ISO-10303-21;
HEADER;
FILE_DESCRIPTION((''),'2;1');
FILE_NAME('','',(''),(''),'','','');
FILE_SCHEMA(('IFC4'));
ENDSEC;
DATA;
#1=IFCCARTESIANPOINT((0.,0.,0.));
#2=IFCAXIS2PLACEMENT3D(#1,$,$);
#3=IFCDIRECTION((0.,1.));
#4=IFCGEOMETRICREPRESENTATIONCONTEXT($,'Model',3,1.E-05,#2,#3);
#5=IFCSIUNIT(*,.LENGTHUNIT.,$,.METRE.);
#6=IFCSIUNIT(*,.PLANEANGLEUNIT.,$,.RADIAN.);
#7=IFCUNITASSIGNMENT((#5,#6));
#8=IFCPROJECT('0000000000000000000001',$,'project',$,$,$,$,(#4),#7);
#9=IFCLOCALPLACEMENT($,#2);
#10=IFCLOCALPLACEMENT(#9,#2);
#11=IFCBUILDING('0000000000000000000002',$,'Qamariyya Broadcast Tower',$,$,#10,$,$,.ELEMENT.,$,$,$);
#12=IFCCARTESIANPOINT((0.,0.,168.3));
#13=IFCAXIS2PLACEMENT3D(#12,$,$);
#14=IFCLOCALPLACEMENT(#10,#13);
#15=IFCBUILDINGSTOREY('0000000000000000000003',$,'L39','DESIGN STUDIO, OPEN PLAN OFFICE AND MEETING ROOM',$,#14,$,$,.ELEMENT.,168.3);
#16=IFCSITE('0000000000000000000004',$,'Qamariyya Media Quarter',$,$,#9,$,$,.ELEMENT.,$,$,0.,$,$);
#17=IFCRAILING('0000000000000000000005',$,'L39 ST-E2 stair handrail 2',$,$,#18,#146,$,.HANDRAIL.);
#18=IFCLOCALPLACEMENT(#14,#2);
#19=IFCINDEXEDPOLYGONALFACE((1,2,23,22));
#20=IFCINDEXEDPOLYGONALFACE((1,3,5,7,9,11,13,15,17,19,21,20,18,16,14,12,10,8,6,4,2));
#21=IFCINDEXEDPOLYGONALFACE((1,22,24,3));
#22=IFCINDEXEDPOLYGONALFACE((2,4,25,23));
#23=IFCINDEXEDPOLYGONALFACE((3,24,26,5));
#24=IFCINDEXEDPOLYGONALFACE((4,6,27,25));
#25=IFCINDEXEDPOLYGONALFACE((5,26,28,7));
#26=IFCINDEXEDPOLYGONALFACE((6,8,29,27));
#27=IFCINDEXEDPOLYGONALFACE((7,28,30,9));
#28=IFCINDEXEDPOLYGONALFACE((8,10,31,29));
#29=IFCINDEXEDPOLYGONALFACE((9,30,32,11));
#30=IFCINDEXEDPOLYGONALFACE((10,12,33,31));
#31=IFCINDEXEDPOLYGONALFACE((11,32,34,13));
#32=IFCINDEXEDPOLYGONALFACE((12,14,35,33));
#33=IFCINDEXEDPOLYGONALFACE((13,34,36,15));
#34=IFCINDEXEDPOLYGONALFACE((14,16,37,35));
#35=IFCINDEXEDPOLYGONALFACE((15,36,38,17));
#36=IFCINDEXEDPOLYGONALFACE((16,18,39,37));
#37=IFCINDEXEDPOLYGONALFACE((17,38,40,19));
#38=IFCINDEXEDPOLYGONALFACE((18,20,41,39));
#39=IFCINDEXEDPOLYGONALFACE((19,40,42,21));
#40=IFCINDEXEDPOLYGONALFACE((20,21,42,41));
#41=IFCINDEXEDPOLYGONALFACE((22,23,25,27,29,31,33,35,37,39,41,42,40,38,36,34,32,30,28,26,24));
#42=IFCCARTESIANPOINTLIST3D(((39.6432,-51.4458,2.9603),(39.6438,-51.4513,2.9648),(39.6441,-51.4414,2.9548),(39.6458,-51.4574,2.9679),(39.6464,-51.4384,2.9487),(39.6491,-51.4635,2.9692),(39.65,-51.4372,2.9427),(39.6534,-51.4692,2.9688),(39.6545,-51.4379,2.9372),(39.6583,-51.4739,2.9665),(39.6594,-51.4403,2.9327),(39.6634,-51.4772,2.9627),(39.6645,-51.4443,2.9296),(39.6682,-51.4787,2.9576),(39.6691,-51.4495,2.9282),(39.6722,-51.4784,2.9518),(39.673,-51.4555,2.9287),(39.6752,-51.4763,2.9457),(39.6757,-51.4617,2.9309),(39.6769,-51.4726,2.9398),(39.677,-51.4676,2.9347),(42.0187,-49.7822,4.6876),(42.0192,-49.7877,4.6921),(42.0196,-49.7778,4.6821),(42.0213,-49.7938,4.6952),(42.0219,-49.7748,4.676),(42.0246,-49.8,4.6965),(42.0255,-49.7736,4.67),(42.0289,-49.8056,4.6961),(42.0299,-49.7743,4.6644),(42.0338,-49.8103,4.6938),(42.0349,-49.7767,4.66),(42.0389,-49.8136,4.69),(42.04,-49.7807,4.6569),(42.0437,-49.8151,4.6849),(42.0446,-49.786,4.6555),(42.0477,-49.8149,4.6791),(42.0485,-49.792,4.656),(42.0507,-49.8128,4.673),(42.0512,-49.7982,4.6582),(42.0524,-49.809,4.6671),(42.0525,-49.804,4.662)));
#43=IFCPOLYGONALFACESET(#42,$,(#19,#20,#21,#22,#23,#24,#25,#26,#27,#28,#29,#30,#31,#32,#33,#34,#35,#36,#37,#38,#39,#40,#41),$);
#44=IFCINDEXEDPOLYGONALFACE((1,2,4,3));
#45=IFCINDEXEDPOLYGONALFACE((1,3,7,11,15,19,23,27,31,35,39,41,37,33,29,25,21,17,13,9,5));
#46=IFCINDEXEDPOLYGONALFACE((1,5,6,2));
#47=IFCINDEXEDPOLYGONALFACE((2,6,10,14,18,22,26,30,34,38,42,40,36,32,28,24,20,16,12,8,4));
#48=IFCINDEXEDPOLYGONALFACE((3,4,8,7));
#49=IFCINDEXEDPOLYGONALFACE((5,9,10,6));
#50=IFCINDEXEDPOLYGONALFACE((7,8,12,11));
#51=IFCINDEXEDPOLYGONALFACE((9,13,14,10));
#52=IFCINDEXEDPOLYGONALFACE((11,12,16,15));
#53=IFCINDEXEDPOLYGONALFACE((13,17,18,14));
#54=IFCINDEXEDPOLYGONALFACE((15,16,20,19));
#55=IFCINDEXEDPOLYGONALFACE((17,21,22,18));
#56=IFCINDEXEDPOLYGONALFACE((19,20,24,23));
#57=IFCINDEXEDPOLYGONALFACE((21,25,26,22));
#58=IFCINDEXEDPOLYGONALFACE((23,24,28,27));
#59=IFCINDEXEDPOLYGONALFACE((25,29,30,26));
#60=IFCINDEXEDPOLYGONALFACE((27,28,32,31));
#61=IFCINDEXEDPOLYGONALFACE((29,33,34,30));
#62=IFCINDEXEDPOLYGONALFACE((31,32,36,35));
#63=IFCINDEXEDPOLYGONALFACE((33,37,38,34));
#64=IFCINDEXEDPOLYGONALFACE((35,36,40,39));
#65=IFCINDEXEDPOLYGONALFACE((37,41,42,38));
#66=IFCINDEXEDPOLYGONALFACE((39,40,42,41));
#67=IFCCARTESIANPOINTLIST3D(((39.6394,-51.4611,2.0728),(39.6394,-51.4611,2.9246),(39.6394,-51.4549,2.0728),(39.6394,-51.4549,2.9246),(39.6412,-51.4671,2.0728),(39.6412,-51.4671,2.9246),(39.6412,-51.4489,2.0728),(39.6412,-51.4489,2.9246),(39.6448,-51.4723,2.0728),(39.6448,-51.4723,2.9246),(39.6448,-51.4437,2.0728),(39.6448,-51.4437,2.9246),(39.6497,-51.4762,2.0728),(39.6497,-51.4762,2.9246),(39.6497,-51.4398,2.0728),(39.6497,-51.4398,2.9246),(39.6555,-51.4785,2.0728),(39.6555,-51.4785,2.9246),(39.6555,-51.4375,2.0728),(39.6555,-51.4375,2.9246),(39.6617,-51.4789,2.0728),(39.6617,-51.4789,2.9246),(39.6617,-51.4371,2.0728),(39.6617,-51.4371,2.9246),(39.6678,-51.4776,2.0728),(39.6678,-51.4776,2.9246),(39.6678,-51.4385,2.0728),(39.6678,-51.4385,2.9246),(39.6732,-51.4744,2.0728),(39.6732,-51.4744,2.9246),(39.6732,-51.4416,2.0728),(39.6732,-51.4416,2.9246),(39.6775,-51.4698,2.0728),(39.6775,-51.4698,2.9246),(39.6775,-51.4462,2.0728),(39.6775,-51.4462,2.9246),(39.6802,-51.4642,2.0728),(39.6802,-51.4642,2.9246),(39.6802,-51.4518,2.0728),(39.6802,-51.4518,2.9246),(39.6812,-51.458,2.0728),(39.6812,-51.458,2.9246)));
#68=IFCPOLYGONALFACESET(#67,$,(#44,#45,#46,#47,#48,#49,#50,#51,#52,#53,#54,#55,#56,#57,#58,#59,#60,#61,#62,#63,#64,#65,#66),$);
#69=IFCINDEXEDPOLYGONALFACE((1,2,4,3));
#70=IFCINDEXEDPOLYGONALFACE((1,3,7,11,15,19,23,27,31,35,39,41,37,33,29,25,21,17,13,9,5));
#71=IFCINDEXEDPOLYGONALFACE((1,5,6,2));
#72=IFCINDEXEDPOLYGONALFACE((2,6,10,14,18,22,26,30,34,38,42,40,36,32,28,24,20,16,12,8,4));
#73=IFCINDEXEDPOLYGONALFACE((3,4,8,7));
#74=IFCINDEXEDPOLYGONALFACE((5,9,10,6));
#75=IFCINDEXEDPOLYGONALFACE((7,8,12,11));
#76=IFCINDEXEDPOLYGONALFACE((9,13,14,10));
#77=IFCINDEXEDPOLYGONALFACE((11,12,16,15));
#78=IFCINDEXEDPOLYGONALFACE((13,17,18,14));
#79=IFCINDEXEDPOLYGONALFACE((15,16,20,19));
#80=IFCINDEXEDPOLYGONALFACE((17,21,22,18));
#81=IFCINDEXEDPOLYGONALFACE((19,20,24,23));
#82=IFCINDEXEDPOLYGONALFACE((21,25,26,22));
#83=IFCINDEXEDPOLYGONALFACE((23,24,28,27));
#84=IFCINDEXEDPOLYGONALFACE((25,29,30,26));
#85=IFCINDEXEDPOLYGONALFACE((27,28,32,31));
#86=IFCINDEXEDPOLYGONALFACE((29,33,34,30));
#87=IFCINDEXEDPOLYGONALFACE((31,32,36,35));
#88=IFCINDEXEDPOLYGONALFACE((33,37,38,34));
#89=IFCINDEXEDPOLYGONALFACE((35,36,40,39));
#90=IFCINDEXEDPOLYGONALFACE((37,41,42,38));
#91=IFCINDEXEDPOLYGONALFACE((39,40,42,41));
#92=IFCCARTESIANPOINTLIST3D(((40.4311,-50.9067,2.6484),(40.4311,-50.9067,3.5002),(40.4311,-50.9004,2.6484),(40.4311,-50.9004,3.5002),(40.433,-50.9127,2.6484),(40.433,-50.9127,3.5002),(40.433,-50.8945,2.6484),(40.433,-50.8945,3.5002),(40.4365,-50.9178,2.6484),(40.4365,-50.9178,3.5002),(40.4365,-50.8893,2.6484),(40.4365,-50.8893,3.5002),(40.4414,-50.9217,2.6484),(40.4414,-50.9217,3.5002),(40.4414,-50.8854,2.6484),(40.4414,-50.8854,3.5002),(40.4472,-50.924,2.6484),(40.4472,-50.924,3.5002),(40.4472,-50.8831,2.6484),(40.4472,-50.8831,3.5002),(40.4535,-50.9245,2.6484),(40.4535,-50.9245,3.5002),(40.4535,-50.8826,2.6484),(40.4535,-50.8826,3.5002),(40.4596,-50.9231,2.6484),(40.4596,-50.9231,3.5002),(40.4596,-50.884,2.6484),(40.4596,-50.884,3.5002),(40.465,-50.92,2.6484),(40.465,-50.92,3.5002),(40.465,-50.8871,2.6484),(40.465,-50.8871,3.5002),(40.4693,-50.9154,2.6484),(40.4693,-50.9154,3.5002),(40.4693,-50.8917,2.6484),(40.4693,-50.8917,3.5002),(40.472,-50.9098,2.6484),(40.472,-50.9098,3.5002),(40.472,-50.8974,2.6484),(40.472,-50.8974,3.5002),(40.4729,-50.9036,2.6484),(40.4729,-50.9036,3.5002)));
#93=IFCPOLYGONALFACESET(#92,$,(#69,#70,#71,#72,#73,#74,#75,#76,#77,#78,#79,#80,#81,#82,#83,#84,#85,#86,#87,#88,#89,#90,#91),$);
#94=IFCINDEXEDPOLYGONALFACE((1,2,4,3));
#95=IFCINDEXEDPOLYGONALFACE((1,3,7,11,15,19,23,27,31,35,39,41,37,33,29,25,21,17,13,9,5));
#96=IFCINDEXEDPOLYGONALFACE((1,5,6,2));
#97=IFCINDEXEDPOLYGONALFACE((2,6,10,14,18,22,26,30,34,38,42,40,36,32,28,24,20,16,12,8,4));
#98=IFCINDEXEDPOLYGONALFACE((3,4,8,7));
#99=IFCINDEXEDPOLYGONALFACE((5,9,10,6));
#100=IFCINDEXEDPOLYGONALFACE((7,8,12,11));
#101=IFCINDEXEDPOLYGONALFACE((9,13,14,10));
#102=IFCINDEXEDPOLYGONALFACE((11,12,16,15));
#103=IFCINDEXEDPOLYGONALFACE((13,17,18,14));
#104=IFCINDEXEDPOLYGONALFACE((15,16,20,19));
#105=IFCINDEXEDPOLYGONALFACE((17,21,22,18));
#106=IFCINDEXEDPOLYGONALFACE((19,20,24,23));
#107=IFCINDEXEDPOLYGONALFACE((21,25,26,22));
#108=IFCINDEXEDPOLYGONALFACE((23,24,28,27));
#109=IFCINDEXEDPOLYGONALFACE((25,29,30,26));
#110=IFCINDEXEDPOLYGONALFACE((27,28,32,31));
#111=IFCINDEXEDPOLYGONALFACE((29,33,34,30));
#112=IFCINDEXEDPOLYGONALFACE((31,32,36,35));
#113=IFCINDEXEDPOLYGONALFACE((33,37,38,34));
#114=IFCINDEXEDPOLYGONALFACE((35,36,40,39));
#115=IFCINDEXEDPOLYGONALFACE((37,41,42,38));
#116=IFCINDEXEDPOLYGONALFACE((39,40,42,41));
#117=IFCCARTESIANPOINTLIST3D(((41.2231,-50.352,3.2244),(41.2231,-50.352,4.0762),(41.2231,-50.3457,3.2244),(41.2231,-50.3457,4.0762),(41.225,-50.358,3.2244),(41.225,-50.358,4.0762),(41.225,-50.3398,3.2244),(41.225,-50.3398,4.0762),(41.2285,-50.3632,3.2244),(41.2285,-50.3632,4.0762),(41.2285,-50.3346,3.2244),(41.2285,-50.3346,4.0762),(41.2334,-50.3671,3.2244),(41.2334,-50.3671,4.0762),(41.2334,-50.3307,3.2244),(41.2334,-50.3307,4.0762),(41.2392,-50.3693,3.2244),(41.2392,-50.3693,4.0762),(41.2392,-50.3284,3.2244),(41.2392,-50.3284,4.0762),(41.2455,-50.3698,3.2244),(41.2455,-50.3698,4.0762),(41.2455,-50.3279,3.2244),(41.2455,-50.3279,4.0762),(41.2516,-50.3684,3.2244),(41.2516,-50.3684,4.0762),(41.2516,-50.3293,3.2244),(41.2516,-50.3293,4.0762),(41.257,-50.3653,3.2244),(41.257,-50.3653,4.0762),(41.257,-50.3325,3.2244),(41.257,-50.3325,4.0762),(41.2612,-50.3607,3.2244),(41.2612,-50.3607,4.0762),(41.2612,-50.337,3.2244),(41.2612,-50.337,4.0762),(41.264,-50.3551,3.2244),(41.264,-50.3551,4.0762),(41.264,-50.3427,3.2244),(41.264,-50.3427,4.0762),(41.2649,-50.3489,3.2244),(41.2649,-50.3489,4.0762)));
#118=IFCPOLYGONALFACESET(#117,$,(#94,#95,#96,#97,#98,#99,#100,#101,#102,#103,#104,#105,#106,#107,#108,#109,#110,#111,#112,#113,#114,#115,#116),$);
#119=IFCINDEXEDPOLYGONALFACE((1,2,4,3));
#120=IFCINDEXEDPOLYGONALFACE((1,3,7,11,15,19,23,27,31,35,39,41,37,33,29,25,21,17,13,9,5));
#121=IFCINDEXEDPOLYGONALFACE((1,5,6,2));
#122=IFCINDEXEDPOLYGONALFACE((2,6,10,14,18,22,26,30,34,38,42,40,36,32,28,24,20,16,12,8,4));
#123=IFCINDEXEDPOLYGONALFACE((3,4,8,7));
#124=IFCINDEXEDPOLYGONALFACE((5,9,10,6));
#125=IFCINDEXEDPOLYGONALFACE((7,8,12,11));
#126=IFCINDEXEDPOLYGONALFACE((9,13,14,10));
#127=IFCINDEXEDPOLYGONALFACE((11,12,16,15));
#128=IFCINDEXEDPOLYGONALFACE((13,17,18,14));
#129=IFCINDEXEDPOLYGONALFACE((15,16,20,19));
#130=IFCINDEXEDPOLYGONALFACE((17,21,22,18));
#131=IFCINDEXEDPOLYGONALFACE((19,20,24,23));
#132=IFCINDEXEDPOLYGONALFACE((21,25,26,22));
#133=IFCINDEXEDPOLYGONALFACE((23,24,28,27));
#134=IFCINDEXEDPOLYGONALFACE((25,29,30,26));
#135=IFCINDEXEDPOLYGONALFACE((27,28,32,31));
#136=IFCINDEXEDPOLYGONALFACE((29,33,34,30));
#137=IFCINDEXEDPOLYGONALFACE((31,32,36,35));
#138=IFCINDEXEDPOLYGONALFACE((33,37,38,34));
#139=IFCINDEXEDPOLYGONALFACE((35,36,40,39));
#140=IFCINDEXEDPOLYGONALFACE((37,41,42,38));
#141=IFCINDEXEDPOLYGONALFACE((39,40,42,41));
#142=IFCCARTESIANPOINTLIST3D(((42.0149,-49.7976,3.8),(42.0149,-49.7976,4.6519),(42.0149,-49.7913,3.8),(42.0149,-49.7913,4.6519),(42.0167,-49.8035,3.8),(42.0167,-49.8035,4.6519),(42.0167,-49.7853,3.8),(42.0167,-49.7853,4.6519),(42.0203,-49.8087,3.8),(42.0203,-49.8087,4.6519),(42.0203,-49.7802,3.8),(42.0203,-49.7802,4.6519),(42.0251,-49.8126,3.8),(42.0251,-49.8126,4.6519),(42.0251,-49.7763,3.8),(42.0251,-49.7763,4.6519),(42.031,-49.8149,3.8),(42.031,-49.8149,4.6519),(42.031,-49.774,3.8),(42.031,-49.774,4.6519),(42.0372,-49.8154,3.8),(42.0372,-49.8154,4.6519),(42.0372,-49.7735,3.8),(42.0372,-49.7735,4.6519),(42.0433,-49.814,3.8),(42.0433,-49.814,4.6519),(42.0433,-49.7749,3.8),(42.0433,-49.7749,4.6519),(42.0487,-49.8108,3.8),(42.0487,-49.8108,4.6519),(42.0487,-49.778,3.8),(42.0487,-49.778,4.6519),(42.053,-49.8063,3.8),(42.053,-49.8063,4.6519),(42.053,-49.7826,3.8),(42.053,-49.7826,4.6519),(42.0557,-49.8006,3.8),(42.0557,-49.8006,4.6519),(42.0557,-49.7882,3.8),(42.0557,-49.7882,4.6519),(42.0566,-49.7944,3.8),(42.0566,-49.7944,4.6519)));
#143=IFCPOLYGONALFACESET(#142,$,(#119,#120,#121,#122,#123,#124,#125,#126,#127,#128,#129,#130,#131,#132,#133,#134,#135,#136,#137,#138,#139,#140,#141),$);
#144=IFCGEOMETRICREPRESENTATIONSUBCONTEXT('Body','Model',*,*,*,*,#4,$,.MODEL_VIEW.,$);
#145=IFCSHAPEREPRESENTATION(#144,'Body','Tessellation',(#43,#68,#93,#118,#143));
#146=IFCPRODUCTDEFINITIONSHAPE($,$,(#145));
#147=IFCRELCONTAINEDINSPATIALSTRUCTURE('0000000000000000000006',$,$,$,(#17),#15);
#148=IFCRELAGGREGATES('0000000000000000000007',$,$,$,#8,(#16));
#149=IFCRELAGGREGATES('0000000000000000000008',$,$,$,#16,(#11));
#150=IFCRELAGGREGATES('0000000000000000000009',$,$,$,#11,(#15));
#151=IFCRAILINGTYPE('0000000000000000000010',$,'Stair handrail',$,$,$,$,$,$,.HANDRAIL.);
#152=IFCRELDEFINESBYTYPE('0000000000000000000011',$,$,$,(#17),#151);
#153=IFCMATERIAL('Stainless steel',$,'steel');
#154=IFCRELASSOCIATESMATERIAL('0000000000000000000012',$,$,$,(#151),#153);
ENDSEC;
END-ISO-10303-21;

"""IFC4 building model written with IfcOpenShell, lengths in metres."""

from ifc_helpers import new_model, si_unit, direction, frame, origin, origin_2d, place, context, subcontext, project, spatial, circle, extrude, material, type_object, element, save


model = new_model("IFC4")

# Units and contexts
model_context = context("Model", 3, precision=1e-05, world=origin(), true_north=direction((0.0, 1.0)))
body_context = subcontext(model_context, "Body", "Model", "MODEL_VIEW")
ifc_project = project(units=[si_unit("LENGTHUNIT", "METRE"), si_unit("PLANEANGLEUNIT", "RADIAN")], contexts=[model_context])

# Site, building, storey
site_placement = place(None, origin())
site = spatial("IfcSite", under=ifc_project, at=site_placement, Name="Qamariyya Media Quarter", CompositionType="ELEMENT", RefElevation=0.0)
building_placement = place(site_placement, origin())
building = spatial("IfcBuilding", under=site, at=building_placement, Name="Qamariyya Broadcast Tower", CompositionType="ELEMENT")
storey_placement = place(building_placement, frame((0.0, 0.0, 168.3)))
storey = spatial("IfcBuildingStorey", under=building, at=storey_placement, Name="L39", Description="DESIGN STUDIO, OPEN PLAN OFFICE AND MEETING ROOM", CompositionType="ELEMENT", Elevation=168.3)

# Railing
ifc_material_1 = material(Name="Stainless steel", Category="steel")
railing_type_1 = type_object("IfcRailingType", Name="Stair handrail", PredefinedType="HANDRAIL", material=ifc_material_1)
railing_1_placement = place(storey_placement, frame((39.6602, -51.458, 2.0728)))
element("IfcRailing", 1, at=railing_1_placement, inside=storey, type_object=railing_type_1, Name="L39 ST-E2 stair handrail 2", PredefinedType="HANDRAIL", context=body_context, shape_type="SweptSolid", body=[
    extrude(circle(Radius=0.0239, at=origin_2d()), frame((0.0, 0.0, 0.876), z_axis=(0.703745, 0.492838, 0.511716), x_axis=(-0.573632, 0.819113, 0.0)), (0.0, 0.0, 1.0), 3.3755),
    extrude(circle(Radius=0.021, at=origin_2d()), origin(), (0.0, 0.0, 1.0), 0.8518),
    extrude(circle(Radius=0.021, at=origin_2d()), frame((0.7917, 0.5544, 0.5757)), (0.0, 0.0, 1.0), 0.8518),
    extrude(circle(Radius=0.021, at=origin_2d()), frame((1.5837, 1.1091, 1.1516)), (0.0, 0.0, 1.0), 0.8518),
    extrude(circle(Radius=0.021, at=origin_2d()), frame((2.3755, 1.6636, 1.7273)), (0.0, 0.0, 1.0), 0.8518),
])

save(model, "model.ifc")
